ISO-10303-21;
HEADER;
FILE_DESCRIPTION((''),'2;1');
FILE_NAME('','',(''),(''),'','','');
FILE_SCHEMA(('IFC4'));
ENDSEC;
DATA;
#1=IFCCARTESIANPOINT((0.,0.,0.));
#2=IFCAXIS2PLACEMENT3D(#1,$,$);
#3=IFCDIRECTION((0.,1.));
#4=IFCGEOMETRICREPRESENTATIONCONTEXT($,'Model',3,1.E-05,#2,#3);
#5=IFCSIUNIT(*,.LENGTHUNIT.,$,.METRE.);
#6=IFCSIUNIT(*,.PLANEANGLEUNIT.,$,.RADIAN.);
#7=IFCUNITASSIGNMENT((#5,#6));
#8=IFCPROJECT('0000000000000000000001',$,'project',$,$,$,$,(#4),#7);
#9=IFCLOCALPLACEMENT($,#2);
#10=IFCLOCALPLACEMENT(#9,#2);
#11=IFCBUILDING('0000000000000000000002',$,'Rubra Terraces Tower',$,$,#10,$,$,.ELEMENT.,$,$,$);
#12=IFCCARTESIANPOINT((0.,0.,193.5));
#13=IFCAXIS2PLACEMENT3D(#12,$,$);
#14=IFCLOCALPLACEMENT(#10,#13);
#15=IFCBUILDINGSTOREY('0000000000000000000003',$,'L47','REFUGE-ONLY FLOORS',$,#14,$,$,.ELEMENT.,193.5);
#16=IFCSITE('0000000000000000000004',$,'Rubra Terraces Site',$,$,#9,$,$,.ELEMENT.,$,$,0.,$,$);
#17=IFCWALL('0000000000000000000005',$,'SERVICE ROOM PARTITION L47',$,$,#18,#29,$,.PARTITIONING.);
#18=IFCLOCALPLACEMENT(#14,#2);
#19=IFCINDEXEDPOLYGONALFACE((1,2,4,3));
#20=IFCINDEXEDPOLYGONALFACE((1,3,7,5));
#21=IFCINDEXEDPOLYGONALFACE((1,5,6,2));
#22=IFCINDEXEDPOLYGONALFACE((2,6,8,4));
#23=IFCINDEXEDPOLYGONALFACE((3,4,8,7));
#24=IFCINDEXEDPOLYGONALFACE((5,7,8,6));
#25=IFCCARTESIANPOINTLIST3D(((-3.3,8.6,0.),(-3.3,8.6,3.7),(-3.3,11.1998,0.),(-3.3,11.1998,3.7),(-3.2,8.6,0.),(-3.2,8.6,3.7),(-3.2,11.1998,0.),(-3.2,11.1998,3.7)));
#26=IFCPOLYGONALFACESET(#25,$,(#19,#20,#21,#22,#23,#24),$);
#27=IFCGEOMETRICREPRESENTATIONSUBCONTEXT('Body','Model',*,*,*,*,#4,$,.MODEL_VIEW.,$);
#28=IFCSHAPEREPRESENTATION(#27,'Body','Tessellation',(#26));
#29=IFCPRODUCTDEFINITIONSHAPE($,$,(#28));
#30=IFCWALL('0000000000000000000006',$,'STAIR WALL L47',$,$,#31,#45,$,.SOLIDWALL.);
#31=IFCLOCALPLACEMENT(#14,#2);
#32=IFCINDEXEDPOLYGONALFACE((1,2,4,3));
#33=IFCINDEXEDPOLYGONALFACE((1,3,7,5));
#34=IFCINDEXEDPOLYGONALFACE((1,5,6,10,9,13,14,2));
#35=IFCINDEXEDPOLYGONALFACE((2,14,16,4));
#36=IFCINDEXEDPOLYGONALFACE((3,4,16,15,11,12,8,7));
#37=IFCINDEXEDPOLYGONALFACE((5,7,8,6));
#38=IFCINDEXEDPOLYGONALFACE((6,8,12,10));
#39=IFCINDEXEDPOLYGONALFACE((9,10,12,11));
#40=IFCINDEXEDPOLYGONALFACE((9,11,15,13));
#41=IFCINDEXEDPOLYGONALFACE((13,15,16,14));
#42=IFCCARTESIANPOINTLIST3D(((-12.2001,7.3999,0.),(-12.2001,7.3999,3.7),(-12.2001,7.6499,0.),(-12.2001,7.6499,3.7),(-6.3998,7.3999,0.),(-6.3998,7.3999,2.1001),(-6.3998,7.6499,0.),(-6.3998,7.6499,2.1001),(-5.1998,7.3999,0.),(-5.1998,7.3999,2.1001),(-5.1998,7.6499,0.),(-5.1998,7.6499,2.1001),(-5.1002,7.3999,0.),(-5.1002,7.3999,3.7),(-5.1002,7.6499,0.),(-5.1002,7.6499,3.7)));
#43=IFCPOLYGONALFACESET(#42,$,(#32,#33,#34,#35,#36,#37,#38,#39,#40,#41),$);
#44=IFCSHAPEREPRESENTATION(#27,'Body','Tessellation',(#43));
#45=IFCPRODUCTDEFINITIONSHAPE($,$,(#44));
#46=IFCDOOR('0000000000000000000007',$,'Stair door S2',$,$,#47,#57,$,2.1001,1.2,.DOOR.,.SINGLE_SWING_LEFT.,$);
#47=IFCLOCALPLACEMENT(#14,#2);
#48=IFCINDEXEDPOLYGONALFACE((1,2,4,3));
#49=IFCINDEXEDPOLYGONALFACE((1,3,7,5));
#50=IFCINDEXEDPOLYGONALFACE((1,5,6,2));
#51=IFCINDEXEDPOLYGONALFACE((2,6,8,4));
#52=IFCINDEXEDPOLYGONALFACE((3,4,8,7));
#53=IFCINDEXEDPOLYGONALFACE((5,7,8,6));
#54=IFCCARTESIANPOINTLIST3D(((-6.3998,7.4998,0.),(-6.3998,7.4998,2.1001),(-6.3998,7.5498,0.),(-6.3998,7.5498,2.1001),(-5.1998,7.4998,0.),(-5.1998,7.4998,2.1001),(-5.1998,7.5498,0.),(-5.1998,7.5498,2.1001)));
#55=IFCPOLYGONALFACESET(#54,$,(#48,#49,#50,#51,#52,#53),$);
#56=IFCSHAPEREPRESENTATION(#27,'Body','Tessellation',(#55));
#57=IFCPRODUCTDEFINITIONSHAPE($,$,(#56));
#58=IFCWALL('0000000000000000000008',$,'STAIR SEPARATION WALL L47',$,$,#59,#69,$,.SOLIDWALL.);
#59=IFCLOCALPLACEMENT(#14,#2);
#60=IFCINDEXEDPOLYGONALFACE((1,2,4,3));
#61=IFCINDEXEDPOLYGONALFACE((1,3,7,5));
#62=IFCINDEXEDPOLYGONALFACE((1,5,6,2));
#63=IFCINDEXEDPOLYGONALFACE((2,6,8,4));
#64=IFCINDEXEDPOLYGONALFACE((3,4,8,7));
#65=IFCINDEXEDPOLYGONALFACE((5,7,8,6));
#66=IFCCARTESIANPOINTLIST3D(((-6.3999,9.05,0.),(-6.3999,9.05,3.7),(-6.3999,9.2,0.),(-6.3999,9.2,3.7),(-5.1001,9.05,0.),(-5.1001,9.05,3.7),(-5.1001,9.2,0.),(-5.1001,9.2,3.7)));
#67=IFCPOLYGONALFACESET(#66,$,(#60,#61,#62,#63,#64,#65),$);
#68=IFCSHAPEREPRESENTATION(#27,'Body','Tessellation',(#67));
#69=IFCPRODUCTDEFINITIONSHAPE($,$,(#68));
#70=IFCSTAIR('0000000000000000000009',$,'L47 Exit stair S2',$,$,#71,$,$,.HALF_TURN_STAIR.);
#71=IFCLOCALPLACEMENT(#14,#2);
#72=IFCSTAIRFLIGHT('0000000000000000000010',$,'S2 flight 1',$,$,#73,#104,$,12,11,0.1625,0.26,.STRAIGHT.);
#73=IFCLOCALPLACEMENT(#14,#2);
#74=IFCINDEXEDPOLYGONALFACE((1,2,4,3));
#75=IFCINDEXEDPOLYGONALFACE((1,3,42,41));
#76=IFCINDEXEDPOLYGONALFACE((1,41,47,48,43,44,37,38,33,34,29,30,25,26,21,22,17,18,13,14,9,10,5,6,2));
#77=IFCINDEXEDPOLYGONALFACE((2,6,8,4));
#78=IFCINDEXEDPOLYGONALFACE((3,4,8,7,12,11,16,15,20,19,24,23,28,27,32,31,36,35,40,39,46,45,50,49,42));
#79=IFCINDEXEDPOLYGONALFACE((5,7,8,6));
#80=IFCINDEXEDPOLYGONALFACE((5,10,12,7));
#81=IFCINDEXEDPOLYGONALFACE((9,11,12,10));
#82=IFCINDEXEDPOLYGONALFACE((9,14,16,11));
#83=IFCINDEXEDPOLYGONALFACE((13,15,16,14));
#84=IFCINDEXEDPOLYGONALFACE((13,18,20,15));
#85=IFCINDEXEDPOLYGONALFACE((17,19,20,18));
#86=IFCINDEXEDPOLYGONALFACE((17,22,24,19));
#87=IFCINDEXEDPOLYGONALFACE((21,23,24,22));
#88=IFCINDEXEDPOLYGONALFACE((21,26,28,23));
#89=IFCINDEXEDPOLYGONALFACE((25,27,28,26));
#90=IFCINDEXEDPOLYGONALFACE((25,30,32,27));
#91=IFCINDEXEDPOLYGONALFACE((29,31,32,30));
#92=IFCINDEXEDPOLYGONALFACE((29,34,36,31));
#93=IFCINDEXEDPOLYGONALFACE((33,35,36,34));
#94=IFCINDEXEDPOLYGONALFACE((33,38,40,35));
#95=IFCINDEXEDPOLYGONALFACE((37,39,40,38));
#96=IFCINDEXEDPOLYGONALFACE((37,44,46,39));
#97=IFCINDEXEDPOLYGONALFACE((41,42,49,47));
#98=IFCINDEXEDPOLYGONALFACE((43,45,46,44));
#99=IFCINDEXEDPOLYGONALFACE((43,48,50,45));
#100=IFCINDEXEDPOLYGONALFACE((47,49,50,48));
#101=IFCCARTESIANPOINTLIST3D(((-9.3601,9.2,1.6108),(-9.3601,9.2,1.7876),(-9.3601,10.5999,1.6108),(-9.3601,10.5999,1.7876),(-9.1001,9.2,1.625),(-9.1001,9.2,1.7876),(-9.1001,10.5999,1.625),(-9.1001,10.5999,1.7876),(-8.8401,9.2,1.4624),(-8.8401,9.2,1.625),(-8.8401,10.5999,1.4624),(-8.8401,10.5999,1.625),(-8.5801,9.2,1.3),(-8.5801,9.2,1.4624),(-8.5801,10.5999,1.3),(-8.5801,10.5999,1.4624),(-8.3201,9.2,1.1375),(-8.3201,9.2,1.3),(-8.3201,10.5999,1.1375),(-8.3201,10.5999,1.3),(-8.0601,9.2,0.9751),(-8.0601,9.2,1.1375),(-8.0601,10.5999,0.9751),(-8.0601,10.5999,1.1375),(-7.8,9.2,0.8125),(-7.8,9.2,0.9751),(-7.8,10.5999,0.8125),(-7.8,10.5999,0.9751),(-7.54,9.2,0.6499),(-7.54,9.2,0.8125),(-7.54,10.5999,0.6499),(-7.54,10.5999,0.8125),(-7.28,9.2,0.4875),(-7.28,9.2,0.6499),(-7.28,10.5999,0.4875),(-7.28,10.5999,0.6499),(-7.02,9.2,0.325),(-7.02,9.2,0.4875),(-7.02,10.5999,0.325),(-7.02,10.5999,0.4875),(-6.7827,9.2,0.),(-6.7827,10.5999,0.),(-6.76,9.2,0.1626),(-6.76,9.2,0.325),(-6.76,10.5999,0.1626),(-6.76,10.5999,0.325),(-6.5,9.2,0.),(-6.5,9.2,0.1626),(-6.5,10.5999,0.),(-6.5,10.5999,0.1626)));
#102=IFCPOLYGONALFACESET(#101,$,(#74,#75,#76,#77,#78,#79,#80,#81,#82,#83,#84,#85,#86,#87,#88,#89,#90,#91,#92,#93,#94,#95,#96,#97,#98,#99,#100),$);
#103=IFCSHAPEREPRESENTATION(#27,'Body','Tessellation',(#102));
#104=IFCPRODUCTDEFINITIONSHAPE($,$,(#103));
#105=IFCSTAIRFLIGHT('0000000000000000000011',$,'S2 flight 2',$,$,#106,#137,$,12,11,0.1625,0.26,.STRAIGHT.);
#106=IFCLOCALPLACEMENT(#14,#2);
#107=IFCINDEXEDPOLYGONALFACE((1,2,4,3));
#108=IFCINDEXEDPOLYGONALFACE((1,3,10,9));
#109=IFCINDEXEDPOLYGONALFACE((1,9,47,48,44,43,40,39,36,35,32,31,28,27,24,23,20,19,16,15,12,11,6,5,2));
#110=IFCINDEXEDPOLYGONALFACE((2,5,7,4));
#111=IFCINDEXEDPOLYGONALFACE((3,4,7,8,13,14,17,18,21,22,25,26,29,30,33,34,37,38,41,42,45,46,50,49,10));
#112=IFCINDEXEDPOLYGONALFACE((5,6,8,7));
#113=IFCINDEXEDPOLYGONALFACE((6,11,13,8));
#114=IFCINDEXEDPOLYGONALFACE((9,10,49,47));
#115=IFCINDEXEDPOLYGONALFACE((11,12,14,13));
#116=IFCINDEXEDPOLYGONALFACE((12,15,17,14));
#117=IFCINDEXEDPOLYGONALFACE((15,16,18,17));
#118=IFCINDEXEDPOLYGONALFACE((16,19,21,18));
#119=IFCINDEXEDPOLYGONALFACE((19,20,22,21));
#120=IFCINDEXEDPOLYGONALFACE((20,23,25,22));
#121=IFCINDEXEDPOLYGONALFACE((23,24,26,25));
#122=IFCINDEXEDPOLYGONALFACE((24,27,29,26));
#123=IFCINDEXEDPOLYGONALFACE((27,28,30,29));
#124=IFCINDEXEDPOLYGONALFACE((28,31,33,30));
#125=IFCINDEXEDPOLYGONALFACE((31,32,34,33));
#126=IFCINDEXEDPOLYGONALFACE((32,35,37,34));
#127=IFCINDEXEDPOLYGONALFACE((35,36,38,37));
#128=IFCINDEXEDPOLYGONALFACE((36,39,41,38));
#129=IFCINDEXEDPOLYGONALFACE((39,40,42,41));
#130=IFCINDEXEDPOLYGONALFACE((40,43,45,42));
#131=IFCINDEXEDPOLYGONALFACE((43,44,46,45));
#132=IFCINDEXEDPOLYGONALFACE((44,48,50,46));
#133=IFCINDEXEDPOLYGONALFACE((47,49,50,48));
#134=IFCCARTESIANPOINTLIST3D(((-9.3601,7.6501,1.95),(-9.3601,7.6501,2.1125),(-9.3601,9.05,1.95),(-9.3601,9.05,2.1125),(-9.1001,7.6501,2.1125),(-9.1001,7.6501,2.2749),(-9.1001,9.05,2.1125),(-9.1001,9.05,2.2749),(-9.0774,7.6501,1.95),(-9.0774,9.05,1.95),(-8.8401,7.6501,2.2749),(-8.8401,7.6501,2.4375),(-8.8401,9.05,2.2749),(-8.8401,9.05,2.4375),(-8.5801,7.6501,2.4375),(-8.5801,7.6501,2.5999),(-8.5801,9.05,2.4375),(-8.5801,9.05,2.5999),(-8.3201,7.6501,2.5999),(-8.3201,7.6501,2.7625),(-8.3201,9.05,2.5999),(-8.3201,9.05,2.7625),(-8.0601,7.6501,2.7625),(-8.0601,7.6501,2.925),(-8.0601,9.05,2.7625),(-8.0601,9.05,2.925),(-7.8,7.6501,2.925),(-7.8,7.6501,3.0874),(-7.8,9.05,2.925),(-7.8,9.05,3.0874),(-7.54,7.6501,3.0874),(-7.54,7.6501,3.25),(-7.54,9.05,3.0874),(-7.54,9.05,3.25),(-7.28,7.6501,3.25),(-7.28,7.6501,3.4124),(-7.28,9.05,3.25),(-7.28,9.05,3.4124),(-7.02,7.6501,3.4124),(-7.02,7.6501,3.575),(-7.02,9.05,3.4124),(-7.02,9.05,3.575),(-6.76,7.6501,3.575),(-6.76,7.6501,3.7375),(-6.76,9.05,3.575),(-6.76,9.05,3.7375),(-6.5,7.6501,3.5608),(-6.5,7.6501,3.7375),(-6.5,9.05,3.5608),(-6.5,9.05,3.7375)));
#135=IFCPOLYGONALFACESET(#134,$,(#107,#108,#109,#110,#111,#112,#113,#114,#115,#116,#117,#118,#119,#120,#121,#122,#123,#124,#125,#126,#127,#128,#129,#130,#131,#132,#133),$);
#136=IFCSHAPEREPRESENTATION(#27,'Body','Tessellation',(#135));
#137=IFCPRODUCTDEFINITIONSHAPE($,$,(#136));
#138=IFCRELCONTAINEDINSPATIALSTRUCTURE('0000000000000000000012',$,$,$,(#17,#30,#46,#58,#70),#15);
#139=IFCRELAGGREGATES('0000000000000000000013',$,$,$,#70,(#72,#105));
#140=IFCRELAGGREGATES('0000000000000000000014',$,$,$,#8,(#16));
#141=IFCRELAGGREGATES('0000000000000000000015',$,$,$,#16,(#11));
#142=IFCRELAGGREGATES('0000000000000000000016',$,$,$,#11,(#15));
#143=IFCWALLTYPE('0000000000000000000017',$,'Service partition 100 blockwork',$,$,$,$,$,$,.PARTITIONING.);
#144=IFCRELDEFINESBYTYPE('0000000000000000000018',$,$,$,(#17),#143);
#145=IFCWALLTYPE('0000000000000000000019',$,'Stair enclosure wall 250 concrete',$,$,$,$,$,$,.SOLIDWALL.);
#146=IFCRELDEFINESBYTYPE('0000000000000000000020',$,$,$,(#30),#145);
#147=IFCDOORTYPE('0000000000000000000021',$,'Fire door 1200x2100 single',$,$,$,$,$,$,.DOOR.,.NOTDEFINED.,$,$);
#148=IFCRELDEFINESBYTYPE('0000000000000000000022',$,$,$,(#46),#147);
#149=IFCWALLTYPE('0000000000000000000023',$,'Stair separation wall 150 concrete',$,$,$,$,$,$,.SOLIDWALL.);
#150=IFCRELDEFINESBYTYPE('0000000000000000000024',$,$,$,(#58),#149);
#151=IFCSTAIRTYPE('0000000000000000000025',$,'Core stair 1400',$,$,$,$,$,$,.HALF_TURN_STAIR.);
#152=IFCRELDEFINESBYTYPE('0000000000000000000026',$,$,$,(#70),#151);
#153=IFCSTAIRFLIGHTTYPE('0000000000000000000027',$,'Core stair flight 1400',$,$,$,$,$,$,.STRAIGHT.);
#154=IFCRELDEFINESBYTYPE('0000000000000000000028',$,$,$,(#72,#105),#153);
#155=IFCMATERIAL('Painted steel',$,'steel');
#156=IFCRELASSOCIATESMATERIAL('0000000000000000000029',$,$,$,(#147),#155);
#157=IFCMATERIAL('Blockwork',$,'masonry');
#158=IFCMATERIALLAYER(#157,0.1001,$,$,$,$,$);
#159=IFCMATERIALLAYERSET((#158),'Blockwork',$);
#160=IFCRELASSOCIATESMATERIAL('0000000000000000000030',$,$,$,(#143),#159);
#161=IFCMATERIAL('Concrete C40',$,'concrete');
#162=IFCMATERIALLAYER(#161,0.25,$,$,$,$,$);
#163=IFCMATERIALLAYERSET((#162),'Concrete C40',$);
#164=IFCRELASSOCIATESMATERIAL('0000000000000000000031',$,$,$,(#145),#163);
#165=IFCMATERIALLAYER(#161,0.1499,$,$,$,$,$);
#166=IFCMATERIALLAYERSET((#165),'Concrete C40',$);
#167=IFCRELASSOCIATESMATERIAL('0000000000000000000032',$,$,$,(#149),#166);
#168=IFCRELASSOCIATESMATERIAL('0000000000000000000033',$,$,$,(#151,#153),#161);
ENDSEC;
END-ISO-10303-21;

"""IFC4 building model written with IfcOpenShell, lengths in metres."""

from ifc_helpers import new_model, si_unit, direction, frame, frame_2d, origin, place, context, subcontext, project, spatial, polyline, rectangle, outline, extrude, material, layer, layer_set, type_object, element, fill, aggregate, save


model = new_model("IFC4")

# Units and contexts
model_context = context("Model", 3, precision=1e-05, world=origin(), true_north=direction((0.0, 1.0)))
body_context = subcontext(model_context, "Body", "Model", "MODEL_VIEW")
ifc_project = project(units=[si_unit("LENGTHUNIT", "METRE"), si_unit("PLANEANGLEUNIT", "RADIAN")], contexts=[model_context])

# Site, building, storey
site_placement = place(None, origin())
site = spatial("IfcSite", under=ifc_project, at=site_placement, Name="Rubra Terraces Site", CompositionType="ELEMENT", RefElevation=0.0)
building_placement = place(site_placement, origin())
building = spatial("IfcBuilding", under=site, at=building_placement, Name="Rubra Terraces Tower", CompositionType="ELEMENT")
storey_placement = place(building_placement, frame((0.0, 0.0, 193.5)))
storey = spatial("IfcBuildingStorey", under=building, at=storey_placement, Name="L47", Description="REFUGE-ONLY FLOORS", CompositionType="ELEMENT", Elevation=193.5)

# Shared definitions
ifc_material_1 = material(Name="Concrete C40", Category="concrete")

# Shared definitions
ifc_material_2 = material(Name="Painted steel", Category="steel")
door_type_1 = type_object("IfcDoorType", Name="Fire door 1200x2100 single", OperationType="NOTDEFINED", PredefinedType="DOOR", material=ifc_material_2)

# Wall
ifc_material_3 = material(Name="Blockwork", Category="masonry")
ifc_layer_1 = layer(ifc_material_3, 0.1001)
ifc_layer_set_1 = layer_set([ifc_layer_1], Name="Blockwork")
wall_type_1 = type_object("IfcWallType", Name="Service partition 100 blockwork", PredefinedType="PARTITIONING", material=ifc_layer_set_1)
wall_1_placement = place(storey_placement, frame((-3.25, 8.6001, 0.0), z_axis=(0.0, 0.0, 1.0), x_axis=(0.0, 1.0, 0.0)))
element("IfcWall", 1, at=wall_1_placement, inside=storey, type_object=wall_type_1, Name="SERVICE ROOM PARTITION L47", PredefinedType="PARTITIONING", context=body_context, shape_type="SweptSolid", body=[
    extrude(rectangle(XDim=2.5999, YDim=0.1001, at=frame_2d((1.2998, 0.0))), origin(), (0.0, 0.0, 1.0), 3.7),
])

# Wall, opening, door
ifc_layer_2 = layer(ifc_material_1, 0.25)
ifc_layer_set_2 = layer_set([ifc_layer_2], Name="Concrete C40")
wall_type_2 = type_object("IfcWallType", Name="Stair enclosure wall 250 concrete", PredefinedType="SOLIDWALL", material=ifc_layer_set_2)
wall_2_placement = place(storey_placement, frame((-12.2, 7.5249, 0.0), z_axis=(0.0, 0.0, 1.0), x_axis=(1.0, 0.0, 0.0)))
wall_2 = element("IfcWall", 2, at=wall_2_placement, inside=storey, type_object=wall_type_2, Name="STAIR WALL L47", PredefinedType="SOLIDWALL", context=body_context, shape_type="SweptSolid", body=[
    extrude(rectangle(XDim=7.0999, YDim=0.25, at=frame_2d((3.5498, 0.0))), origin(), (0.0, 0.0, 1.0), 3.7),
])
opening_1_placement = place(wall_2_placement, frame((5.8, 0.0, 0.0)))
opening_1 = element("IfcOpeningElement", 3, at=opening_1_placement, cuts=wall_2, PredefinedType="OPENING", context=body_context, shape_type="SweptSolid", body=[
    extrude(rectangle(XDim=1.2, YDim=2.1001, at=frame_2d((0.6001, 1.05))), frame((0.0, 0.135, 0.0), z_axis=(0.0, -1.0, 0.0), x_axis=(1.0, 0.0, 0.0)), (0.0, 0.0, 1.0), 0.27),
])
door_1_placement = place(opening_1_placement, origin())
door_1 = element("IfcDoor", 4, at=door_1_placement, inside=storey, type_object=door_type_1, Name="Stair door S2", OperationType="SINGLE_SWING_LEFT", OverallHeight=2.1001, OverallWidth=1.2, PredefinedType="DOOR", context=body_context, shape_type="SweptSolid", body=[
    extrude(rectangle(XDim=1.2, YDim=2.1001, at=frame_2d((0.6001, 1.05))), frame((0.0, 0.0249, 0.0), z_axis=(0.0, -1.0, 0.0), x_axis=(1.0, 0.0, 0.0)), (0.0, 0.0, 1.0), 0.05),
])
fill(opening_1, door_1)

# Wall
ifc_layer_3 = layer(ifc_material_1, 0.1499)
ifc_layer_set_3 = layer_set([ifc_layer_3], Name="Concrete C40")
wall_type_3 = type_object("IfcWallType", Name="Stair separation wall 150 concrete", PredefinedType="SOLIDWALL", material=ifc_layer_set_3)
wall_3_placement = place(storey_placement, frame((-6.3999, 9.125, 0.0), z_axis=(0.0, 0.0, 1.0), x_axis=(1.0, 0.0, 0.0)))
element("IfcWall", 5, at=wall_3_placement, inside=storey, type_object=wall_type_3, Name="STAIR SEPARATION WALL L47", PredefinedType="SOLIDWALL", context=body_context, shape_type="SweptSolid", body=[
    extrude(rectangle(XDim=1.2998, YDim=0.1499, at=frame_2d((0.6499, 0.0))), origin(), (0.0, 0.0, 1.0), 3.7),
])

# Stair, stair flights
stair_type = type_object("IfcStairType", Name="Core stair 1400", PredefinedType="HALF_TURN_STAIR", material=ifc_material_1)
stair_placement = place(storey_placement, origin())
stair = element("IfcStair", 6, at=stair_placement, inside=storey, type_object=stair_type, Name="L47 Exit stair S2", PredefinedType="HALF_TURN_STAIR")
stair_flight_type = type_object("IfcStairFlightType", Name="Core stair flight 1400", PredefinedType="STRAIGHT", material=ifc_material_1)
stair_flight_1_placement = place(storey_placement, frame((-6.5, 9.8999, 0.0), z_axis=(0.0, 0.0, 1.0), x_axis=(-1.0, 0.0, 0.0)))
stair_flight_1 = element("IfcStairFlight", 7, at=stair_flight_1_placement, type_object=stair_flight_type, Name="S2 flight 1", NumberOfRisers=12, NumberOfTreads=11, PredefinedType="STRAIGHT", RiserHeight=0.1625, TreadLength=0.26, context=body_context, shape_type="SweptSolid", body=[
    extrude(outline(polyline([(0.0, 0.0), (0.0, 0.1626), (0.26, 0.1626), (0.26, 0.325), (0.52, 0.325), (0.52, 0.4875), (0.78, 0.4875), (0.78, 0.6499), (1.04, 0.6499), (1.04, 0.8125), (1.3, 0.8125), (1.3, 0.9751), (1.5601, 0.9751), (1.5601, 1.1375), (1.8201, 1.1375), (1.8201, 1.3), (2.0801, 1.3), (2.0801, 1.4624), (2.3401, 1.4624), (2.3401, 1.625), (2.6001, 1.625), (2.6001, 1.7876), (2.8601, 1.7876), (2.8601, 1.95), (2.8601, 1.6108), (0.2827, 0.0), (0.0, 0.0)])), frame((0.0, 0.7, 0.0), z_axis=(0.0, -1.0, 0.0), x_axis=(1.0, 0.0, 0.0)), (0.0, 0.0, 1.0), 1.3999),
])
stair_flight_2_placement = place(storey_placement, frame((-9.3601, 8.3501, 1.95), z_axis=(0.0, 0.0, 1.0), x_axis=(1.0, 0.0, 0.0)))
stair_flight_2 = element("IfcStairFlight", 8, at=stair_flight_2_placement, type_object=stair_flight_type, Name="S2 flight 2", NumberOfRisers=12, NumberOfTreads=11, PredefinedType="STRAIGHT", RiserHeight=0.1625, TreadLength=0.26, context=body_context, shape_type="SweptSolid", body=[
    extrude(outline(polyline([(0.0, 0.0), (0.0, 0.1626), (0.26, 0.1626), (0.26, 0.325), (0.52, 0.325), (0.52, 0.4875), (0.78, 0.4875), (0.78, 0.6499), (1.04, 0.6499), (1.04, 0.8125), (1.3, 0.8125), (1.3, 0.9751), (1.5601, 0.9751), (1.5601, 1.1375), (1.8201, 1.1375), (1.8201, 1.3), (2.0801, 1.3), (2.0801, 1.4624), (2.3401, 1.4624), (2.3401, 1.625), (2.6001, 1.625), (2.6001, 1.7876), (2.8601, 1.7876), (2.8601, 1.95), (2.8601, 1.6108), (0.2827, 0.0), (0.0, 0.0)])), frame((0.0, 0.7, 0.0), z_axis=(0.0, -1.0, 0.0), x_axis=(1.0, 0.0, 0.0)), (0.0, 0.0, 1.0), 1.3999),
])
aggregate(stair, [stair_flight_1, stair_flight_2])

save(model, "model.ifc")
